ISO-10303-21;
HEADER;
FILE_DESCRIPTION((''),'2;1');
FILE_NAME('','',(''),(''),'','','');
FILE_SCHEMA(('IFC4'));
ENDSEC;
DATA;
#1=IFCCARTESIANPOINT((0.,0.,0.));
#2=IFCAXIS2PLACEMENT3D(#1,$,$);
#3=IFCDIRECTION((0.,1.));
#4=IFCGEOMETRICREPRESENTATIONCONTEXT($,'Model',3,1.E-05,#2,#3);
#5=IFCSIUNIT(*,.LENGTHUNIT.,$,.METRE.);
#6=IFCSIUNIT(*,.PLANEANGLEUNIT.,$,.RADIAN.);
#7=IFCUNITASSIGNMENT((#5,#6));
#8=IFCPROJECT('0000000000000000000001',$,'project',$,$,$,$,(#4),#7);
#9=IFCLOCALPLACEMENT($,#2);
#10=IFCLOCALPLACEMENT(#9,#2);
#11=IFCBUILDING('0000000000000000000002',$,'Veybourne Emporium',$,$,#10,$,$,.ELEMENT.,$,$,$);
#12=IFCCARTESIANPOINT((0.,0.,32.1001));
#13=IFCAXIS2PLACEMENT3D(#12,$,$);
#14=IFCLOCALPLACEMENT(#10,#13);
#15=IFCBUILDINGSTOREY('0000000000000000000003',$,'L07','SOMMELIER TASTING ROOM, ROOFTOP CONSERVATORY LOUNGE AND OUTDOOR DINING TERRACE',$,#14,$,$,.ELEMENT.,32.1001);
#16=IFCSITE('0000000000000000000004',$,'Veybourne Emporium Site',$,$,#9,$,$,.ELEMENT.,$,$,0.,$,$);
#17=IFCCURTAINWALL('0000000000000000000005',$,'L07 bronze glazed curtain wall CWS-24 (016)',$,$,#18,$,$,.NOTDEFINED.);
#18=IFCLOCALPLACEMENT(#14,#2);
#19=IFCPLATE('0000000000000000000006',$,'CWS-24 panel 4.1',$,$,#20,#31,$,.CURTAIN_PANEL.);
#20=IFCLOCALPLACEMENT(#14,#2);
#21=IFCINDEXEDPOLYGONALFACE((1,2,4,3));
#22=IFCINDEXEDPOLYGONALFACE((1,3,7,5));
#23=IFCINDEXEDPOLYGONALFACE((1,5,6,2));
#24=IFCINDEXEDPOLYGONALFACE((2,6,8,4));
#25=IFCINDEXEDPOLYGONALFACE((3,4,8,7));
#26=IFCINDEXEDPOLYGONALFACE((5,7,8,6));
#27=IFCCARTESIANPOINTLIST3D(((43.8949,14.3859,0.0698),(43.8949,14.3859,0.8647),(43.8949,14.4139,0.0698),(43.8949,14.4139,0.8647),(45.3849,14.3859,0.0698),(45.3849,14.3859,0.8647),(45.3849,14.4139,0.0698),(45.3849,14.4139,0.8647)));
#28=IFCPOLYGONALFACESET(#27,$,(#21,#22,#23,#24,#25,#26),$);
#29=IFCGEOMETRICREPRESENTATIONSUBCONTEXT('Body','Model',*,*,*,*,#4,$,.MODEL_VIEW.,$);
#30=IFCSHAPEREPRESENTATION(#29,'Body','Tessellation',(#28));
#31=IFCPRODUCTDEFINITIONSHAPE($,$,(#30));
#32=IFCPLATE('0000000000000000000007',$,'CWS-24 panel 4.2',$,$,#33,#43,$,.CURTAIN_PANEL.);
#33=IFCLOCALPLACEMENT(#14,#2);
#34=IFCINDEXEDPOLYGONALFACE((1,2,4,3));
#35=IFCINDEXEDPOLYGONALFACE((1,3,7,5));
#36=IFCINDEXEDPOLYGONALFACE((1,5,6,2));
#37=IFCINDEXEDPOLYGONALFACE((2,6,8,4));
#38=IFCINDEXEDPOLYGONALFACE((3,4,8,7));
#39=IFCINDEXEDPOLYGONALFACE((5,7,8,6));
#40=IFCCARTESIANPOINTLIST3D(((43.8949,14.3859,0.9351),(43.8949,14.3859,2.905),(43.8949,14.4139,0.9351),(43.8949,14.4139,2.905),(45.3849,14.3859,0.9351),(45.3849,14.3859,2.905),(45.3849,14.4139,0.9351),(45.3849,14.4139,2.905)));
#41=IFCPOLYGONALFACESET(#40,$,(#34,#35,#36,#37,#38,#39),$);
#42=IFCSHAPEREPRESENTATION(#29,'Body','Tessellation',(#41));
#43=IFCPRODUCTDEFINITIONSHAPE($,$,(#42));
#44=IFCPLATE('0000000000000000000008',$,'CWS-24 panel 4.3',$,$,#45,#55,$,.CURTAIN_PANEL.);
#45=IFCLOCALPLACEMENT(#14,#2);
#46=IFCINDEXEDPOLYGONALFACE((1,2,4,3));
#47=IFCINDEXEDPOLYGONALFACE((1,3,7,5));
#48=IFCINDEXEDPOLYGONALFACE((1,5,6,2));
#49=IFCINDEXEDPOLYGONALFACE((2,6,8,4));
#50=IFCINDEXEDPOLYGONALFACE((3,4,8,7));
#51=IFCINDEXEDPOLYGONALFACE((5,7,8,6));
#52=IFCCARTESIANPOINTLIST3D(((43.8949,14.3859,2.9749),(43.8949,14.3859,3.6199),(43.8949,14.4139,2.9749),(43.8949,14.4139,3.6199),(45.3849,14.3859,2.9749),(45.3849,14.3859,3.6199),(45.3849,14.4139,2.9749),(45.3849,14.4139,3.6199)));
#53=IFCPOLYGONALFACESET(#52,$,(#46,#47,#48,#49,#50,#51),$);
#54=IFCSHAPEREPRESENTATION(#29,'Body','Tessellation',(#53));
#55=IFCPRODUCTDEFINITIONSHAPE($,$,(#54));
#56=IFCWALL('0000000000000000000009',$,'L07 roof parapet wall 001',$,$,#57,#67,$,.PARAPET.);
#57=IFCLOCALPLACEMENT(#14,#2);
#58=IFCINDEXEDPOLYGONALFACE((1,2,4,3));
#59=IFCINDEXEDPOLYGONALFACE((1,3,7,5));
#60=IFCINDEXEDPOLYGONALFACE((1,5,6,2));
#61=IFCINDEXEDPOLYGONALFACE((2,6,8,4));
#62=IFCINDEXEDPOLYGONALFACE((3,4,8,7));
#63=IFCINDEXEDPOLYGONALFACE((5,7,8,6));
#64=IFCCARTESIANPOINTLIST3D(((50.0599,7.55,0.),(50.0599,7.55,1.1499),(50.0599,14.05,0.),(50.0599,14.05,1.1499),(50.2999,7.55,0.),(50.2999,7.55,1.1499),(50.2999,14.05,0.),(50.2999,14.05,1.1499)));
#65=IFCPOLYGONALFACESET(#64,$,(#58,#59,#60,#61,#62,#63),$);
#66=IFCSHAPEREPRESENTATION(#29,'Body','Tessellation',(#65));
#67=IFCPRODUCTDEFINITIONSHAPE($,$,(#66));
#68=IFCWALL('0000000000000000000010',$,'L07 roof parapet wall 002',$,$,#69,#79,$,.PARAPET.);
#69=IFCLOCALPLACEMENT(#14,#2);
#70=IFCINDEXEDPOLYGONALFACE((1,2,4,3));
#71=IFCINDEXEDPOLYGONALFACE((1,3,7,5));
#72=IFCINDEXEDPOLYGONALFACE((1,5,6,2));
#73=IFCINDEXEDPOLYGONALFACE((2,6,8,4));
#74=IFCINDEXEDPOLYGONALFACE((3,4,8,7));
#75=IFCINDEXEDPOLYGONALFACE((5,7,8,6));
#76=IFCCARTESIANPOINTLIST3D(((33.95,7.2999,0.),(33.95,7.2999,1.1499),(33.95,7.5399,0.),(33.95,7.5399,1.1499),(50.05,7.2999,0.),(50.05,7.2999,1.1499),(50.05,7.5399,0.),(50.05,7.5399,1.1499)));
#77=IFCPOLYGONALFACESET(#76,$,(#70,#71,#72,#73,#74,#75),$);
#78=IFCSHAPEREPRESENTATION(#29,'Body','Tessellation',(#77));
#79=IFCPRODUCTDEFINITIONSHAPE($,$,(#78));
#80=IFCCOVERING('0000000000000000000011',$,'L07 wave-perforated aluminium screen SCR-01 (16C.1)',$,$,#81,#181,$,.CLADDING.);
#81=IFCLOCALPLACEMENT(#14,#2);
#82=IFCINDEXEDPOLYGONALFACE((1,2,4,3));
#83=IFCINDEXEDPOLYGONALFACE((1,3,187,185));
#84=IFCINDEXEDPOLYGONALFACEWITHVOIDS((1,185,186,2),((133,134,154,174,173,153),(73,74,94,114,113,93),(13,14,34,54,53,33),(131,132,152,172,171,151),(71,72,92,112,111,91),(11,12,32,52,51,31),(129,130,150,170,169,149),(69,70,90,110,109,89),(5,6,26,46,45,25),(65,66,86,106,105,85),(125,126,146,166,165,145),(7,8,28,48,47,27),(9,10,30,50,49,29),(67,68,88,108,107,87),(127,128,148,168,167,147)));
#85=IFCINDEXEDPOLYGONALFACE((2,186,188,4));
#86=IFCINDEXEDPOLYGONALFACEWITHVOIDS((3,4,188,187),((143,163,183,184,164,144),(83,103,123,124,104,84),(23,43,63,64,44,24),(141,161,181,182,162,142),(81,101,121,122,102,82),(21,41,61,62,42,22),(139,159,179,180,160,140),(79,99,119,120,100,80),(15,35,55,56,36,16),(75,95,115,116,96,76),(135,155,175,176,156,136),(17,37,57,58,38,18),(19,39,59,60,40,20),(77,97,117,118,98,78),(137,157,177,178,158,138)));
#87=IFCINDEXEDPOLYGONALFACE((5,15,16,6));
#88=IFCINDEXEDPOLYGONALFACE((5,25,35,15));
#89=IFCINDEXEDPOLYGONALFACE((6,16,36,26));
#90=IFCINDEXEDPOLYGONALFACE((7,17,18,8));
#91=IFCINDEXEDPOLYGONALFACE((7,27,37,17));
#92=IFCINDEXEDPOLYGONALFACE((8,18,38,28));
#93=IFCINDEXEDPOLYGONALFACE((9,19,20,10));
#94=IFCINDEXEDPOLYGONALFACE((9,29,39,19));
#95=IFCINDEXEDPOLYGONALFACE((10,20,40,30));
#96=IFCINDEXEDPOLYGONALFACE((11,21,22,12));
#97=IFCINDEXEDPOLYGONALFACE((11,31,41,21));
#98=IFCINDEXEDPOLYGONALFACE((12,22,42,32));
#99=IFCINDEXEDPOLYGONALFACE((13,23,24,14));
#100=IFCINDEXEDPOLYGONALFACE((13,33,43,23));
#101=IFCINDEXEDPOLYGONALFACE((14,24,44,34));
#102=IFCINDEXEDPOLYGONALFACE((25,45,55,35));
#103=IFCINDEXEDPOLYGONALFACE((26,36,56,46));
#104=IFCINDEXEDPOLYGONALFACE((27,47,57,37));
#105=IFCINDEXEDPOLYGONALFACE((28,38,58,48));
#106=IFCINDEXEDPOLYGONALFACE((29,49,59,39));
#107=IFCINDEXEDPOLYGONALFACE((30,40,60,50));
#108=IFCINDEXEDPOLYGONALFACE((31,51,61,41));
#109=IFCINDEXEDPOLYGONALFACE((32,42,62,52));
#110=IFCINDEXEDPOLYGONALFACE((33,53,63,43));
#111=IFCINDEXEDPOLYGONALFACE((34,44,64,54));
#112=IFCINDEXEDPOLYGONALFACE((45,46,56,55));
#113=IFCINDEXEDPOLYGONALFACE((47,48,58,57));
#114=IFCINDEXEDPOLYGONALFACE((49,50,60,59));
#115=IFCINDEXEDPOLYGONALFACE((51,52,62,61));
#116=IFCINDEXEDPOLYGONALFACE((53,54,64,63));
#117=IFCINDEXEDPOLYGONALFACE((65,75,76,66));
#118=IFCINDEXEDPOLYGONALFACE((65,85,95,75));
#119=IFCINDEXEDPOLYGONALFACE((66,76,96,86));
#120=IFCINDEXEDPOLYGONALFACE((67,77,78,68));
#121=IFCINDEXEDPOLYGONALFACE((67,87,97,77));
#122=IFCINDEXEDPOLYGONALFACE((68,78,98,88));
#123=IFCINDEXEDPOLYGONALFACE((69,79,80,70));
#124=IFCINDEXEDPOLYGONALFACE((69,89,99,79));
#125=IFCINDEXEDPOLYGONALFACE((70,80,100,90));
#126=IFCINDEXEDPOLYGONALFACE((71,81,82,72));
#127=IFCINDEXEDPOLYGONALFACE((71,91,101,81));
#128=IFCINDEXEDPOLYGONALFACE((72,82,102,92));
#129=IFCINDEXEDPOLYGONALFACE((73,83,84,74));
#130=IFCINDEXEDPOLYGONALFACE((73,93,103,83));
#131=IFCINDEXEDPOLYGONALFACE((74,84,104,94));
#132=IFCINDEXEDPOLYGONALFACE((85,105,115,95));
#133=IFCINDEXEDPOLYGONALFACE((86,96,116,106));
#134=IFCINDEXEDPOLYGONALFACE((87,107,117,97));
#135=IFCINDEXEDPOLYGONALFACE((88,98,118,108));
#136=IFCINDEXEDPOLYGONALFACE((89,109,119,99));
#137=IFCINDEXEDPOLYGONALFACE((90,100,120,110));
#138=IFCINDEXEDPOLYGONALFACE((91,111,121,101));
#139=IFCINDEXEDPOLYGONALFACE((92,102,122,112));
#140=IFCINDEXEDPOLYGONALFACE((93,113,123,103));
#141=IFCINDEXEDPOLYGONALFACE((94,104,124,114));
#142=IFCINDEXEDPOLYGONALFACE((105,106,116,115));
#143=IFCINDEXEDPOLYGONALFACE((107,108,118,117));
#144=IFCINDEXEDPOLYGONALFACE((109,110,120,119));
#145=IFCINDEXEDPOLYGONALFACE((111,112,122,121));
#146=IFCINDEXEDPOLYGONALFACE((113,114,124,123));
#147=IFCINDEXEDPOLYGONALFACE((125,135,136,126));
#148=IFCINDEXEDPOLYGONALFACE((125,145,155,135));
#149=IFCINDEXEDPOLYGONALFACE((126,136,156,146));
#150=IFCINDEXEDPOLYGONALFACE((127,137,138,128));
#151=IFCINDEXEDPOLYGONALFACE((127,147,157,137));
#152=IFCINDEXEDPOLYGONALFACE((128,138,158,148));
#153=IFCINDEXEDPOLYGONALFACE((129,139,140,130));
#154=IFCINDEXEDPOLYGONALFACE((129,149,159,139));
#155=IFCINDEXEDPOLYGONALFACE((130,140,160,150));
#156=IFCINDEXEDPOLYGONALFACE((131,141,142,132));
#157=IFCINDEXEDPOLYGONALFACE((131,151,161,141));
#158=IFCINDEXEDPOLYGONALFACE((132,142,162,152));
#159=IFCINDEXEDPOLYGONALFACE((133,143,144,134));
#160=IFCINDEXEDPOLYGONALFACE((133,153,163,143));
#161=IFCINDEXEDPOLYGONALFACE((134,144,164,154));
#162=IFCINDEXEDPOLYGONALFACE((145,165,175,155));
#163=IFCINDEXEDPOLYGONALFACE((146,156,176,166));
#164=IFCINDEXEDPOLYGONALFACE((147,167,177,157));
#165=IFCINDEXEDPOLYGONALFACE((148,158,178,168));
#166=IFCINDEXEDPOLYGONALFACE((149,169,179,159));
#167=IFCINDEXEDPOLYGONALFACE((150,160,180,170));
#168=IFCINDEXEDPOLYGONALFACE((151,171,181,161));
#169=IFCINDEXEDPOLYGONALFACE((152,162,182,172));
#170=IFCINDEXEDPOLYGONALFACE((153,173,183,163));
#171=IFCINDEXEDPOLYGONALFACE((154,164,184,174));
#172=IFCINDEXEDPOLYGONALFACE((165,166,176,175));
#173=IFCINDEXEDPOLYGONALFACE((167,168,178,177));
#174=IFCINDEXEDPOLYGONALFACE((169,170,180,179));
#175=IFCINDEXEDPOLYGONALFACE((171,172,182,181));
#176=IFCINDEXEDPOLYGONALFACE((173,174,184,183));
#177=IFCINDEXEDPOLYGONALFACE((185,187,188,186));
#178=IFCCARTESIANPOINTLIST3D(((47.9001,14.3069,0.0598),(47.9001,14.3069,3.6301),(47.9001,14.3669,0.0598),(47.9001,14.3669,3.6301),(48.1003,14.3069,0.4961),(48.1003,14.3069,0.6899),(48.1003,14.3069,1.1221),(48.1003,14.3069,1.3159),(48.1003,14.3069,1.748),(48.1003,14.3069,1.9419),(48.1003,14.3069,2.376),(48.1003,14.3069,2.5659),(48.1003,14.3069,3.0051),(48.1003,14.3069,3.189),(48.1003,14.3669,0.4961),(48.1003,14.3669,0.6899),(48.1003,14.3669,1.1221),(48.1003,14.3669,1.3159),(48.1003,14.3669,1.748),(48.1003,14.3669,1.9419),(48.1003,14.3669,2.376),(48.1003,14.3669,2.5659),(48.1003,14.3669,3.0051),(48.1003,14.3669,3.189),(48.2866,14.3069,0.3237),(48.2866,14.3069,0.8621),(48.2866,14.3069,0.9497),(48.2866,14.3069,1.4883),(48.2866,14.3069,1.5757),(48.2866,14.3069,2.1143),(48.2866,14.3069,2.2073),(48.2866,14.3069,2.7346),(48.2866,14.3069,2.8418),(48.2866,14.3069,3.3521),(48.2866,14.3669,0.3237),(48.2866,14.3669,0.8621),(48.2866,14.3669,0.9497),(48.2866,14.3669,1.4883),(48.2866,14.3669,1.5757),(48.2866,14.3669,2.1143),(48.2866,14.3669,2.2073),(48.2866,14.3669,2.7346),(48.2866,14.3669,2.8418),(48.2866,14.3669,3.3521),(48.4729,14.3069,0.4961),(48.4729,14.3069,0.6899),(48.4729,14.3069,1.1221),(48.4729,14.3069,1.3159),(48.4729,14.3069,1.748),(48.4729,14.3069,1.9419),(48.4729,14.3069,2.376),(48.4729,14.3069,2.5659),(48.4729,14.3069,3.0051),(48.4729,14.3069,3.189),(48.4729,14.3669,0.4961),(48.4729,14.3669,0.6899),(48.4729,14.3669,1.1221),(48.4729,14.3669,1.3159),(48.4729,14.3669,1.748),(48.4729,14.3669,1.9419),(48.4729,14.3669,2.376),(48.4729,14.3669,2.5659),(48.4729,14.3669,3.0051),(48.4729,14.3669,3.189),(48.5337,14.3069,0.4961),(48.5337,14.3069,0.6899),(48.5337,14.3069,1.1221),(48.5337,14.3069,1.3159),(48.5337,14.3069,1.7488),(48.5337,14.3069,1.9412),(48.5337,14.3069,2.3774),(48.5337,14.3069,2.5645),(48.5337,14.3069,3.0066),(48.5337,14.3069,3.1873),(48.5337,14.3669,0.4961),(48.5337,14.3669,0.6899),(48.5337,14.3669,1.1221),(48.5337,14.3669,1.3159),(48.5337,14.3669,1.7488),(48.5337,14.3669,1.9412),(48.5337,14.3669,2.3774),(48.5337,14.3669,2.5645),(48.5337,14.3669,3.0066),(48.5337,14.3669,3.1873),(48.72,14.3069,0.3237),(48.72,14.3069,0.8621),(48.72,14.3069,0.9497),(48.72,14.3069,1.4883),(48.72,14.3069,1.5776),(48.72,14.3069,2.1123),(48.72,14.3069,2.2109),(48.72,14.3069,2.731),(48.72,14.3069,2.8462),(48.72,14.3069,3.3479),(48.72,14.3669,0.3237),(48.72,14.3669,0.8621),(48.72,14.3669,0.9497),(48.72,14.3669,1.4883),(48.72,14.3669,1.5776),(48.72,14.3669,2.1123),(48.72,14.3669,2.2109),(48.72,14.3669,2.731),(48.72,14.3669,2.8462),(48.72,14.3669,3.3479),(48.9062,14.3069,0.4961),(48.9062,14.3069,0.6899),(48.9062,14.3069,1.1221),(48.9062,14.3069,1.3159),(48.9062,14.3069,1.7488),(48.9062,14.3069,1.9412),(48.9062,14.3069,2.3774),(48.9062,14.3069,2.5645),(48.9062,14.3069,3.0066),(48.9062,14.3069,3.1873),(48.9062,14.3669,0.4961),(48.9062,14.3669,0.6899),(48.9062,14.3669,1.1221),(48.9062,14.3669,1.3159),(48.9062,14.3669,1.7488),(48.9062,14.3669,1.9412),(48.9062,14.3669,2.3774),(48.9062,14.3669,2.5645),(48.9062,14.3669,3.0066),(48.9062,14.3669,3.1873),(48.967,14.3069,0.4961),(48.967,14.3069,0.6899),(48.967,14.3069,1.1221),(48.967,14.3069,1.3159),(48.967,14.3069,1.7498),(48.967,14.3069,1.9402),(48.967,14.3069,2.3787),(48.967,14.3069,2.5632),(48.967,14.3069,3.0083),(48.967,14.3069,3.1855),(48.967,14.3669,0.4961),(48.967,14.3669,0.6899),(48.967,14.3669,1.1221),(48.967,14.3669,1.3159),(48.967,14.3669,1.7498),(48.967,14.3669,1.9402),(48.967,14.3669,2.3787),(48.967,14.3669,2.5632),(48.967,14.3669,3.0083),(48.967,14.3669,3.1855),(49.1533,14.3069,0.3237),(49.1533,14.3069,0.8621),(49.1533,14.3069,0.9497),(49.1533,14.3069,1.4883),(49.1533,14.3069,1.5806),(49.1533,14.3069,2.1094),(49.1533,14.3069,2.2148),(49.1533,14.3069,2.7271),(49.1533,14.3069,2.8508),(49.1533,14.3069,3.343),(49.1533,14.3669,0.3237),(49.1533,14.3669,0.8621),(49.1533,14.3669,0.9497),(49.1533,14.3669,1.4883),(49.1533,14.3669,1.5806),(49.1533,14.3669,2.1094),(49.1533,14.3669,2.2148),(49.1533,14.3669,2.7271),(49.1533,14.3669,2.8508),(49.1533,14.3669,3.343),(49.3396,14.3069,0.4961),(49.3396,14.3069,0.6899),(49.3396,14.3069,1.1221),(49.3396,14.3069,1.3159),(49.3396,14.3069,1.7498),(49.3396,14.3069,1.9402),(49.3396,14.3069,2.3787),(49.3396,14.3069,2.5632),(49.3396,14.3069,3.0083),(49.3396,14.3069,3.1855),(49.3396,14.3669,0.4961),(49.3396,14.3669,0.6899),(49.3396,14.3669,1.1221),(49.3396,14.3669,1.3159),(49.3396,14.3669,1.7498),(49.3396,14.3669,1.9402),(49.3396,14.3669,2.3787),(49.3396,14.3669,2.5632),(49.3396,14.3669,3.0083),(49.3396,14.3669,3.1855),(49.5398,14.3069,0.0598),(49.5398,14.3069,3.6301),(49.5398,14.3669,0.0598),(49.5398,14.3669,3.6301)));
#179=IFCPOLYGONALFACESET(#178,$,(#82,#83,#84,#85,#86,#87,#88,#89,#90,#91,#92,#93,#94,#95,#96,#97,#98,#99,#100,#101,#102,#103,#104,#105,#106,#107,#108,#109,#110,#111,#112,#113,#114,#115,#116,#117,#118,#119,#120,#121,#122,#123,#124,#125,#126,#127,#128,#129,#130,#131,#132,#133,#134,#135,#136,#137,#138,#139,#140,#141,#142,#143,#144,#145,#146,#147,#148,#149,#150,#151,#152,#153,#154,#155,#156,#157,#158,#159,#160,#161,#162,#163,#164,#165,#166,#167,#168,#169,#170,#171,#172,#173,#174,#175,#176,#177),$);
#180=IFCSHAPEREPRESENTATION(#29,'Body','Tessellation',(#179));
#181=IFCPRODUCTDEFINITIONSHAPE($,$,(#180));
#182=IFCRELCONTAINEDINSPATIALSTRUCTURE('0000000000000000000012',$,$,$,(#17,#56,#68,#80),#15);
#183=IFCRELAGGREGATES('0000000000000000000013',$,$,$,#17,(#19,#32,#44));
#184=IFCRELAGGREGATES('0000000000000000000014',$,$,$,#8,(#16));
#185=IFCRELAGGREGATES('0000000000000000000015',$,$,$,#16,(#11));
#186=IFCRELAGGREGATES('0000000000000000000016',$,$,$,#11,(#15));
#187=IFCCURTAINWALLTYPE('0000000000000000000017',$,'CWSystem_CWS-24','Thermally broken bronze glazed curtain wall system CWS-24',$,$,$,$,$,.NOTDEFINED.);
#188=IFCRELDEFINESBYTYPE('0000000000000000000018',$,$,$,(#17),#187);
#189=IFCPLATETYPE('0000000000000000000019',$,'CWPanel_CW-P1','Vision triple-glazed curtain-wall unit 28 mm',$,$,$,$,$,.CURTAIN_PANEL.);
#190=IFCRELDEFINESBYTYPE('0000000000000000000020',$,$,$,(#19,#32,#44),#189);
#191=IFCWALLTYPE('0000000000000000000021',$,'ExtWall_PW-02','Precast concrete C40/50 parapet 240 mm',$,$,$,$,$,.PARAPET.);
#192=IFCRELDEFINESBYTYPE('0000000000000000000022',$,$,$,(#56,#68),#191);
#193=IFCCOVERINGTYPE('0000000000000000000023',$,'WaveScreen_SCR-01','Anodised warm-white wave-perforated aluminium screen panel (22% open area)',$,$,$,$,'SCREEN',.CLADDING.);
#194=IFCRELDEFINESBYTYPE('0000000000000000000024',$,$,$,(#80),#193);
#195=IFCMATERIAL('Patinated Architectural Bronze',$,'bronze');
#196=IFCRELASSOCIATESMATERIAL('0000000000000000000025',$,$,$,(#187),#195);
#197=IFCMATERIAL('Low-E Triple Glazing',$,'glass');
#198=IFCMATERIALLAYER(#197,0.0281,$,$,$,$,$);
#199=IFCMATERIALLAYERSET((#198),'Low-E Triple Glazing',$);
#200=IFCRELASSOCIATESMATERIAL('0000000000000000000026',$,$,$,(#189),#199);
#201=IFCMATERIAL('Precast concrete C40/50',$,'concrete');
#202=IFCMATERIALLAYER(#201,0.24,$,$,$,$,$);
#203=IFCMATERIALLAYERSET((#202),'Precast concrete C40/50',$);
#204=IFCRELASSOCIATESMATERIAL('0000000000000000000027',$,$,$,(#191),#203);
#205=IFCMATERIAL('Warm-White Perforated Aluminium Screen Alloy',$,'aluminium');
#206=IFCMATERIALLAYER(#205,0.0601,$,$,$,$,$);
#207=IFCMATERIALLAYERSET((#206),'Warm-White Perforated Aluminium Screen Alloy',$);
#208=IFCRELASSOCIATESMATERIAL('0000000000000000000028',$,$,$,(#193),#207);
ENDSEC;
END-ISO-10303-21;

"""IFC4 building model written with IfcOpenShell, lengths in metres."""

from ifc_helpers import new_model, si_unit, direction, frame, frame_2d, origin, origin_2d, place, context, subcontext, project, spatial, polyline, rectangle, outline, extrude, material, layer, layer_set, type_object, element, aggregate, save


model = new_model("IFC4")

# Units and contexts
model_context = context("Model", 3, precision=1e-05, world=origin(), true_north=direction((0.0, 1.0)))
body_context = subcontext(model_context, "Body", "Model", "MODEL_VIEW")
ifc_project = project(units=[si_unit("LENGTHUNIT", "METRE"), si_unit("PLANEANGLEUNIT", "RADIAN")], contexts=[model_context])

# Site, building, storey
site_placement = place(None, origin())
site = spatial("IfcSite", under=ifc_project, at=site_placement, Name="Veybourne Emporium Site", CompositionType="ELEMENT", RefElevation=0.0)
building_placement = place(site_placement, origin())
building = spatial("IfcBuilding", under=site, at=building_placement, Name="Veybourne Emporium", CompositionType="ELEMENT")
storey_placement = place(building_placement, frame((0.0, 0.0, 32.1001)))
storey = spatial("IfcBuildingStorey", under=building, at=storey_placement, Name="L07", Description="SOMMELIER TASTING ROOM, ROOFTOP CONSERVATORY LOUNGE AND OUTDOOR DINING TERRACE", CompositionType="ELEMENT", Elevation=32.1001)

# Curtain wall, plates
ifc_material_1 = material(Name="Patinated Architectural Bronze", Category="bronze")
curtain_wall_type = type_object("IfcCurtainWallType", Name="CWSystem_CWS-24", Description="Thermally broken bronze glazed curtain wall system CWS-24", PredefinedType="NOTDEFINED", material=ifc_material_1)
curtain_wall_placement = place(storey_placement, origin())
curtain_wall = element("IfcCurtainWall", 1, at=curtain_wall_placement, inside=storey, type_object=curtain_wall_type, Name="L07 bronze glazed curtain wall CWS-24 (016)", PredefinedType="NOTDEFINED")
ifc_material_2 = material(Name="Low-E Triple Glazing", Category="glass")
ifc_layer_1 = layer(ifc_material_2, 0.0281)
ifc_layer_set_1 = layer_set([ifc_layer_1], Name="Low-E Triple Glazing")
plate_type = type_object("IfcPlateType", Name="CWPanel_CW-P1", Description="Vision triple-glazed curtain-wall unit 28 mm", PredefinedType="CURTAIN_PANEL", material=ifc_layer_set_1)
plate_1_placement = place(storey_placement, frame((44.6399, 14.3999, 0.0698), z_axis=(0.0, 0.0, 1.0), x_axis=(-1.0, 0.0, 0.0)))
plate_1 = element("IfcPlate", 2, at=plate_1_placement, type_object=plate_type, Name="CWS-24 panel 4.1", PredefinedType="CURTAIN_PANEL", context=body_context, shape_type="SweptSolid", body=[
    extrude(rectangle(XDim=1.49, YDim=0.0281, at=origin_2d()), origin(), (0.0, 0.0, 1.0), 0.7949),
])
plate_2_placement = place(storey_placement, frame((44.6399, 14.3999, 0.9351), z_axis=(0.0, 0.0, 1.0), x_axis=(-1.0, 0.0, 0.0)))
plate_2 = element("IfcPlate", 3, at=plate_2_placement, type_object=plate_type, Name="CWS-24 panel 4.2", PredefinedType="CURTAIN_PANEL", context=body_context, shape_type="SweptSolid", body=[
    extrude(rectangle(XDim=1.49, YDim=0.0281, at=origin_2d()), origin(), (0.0, 0.0, 1.0), 1.97),
])
plate_3_placement = place(storey_placement, frame((44.6399, 14.3999, 2.9749), z_axis=(0.0, 0.0, 1.0), x_axis=(-1.0, 0.0, 0.0)))
plate_3 = element("IfcPlate", 4, at=plate_3_placement, type_object=plate_type, Name="CWS-24 panel 4.3", PredefinedType="CURTAIN_PANEL", context=body_context, shape_type="SweptSolid", body=[
    extrude(rectangle(XDim=1.49, YDim=0.0281, at=origin_2d()), origin(), (0.0, 0.0, 1.0), 0.645),
])
aggregate(curtain_wall, [plate_1, plate_2, plate_3])

# Walls
ifc_material_3 = material(Name="Precast concrete C40/50", Category="concrete")
ifc_layer_2 = layer(ifc_material_3, 0.24)
ifc_layer_set_2 = layer_set([ifc_layer_2], Name="Precast concrete C40/50")
wall_type = type_object("IfcWallType", Name="ExtWall_PW-02", Description="Precast concrete C40/50 parapet 240 mm", PredefinedType="PARAPET", material=ifc_layer_set_2)
wall_1_placement = place(storey_placement, frame((50.1799, 14.05, 0.0), z_axis=(0.0, 0.0, 1.0), x_axis=(0.0, -1.0, 0.0)))
element("IfcWall", 5, at=wall_1_placement, inside=storey, type_object=wall_type, Name="L07 roof parapet wall 001", PredefinedType="PARAPET", context=body_context, shape_type="SweptSolid", body=[
    extrude(rectangle(XDim=6.5, YDim=0.24, at=frame_2d((3.25, 0.0))), origin(), (0.0, 0.0, 1.0), 1.1499),
])
wall_2_placement = place(storey_placement, frame((50.05, 7.4199, 0.0), z_axis=(0.0, 0.0, 1.0), x_axis=(-1.0, 0.0, 0.0)))
element("IfcWall", 6, at=wall_2_placement, inside=storey, type_object=wall_type, Name="L07 roof parapet wall 002", PredefinedType="PARAPET", context=body_context, shape_type="SweptSolid", body=[
    extrude(rectangle(XDim=16.1001, YDim=0.24, at=frame_2d((8.05, 0.0))), origin(), (0.0, 0.0, 1.0), 1.1499),
])

# Covering
ifc_material_4 = material(Name="Warm-White Perforated Aluminium Screen Alloy", Category="aluminium")
ifc_layer_3 = layer(ifc_material_4, 0.0601)
ifc_layer_set_3 = layer_set([ifc_layer_3], Name="Warm-White Perforated Aluminium Screen Alloy")
covering_type_1 = type_object("IfcCoveringType", Name="WaveScreen_SCR-01", Description="Anodised warm-white wave-perforated aluminium screen panel (22% open area)", ElementType="SCREEN", PredefinedType="CLADDING", material=ifc_layer_set_3)
covering_1_placement = place(storey_placement, frame((48.72, 14.3069, 1.845), z_axis=(0.0, 1.0, 0.0), x_axis=(-1.0, 0.0, 0.0)))
element("IfcCovering", 7, at=covering_1_placement, inside=storey, type_object=covering_type_1, Name="L07 wave-perforated aluminium screen SCR-01 (16C.1)", PredefinedType="CLADDING", context=body_context, shape_type="SweptSolid", body=[
    extrude(outline(polyline([(-0.8198, -1.7852), (0.8198, -1.7852), (0.8198, 1.7852), (-0.8198, 1.7852), (-0.8198, -1.7852)]), holes=[polyline([(-0.4333, -0.9829), (-0.2471, -1.155), (-0.2471, -1.3489), (-0.4333, -1.5212), (-0.6196, -1.3489), (-0.6196, -1.155), (-0.4333, -0.9829)]), polyline([(-0.4333, -0.3567), (-0.2471, -0.5291), (-0.2471, -0.7229), (-0.4333, -0.8953), (-0.6196, -0.7229), (-0.6196, -0.5291), (-0.4333, -0.3567)]), polyline([(-0.4333, 0.2644), (-0.2471, 0.0952), (-0.2471, -0.0952), (-0.4333, -0.2644), (-0.6196, -0.0952), (-0.6196, 0.0952), (-0.4333, 0.2644)]), polyline([(-0.4333, 0.8821), (-0.2471, 0.7183), (-0.2471, 0.5337), (-0.4333, 0.3699), (-0.6196, 0.5337), (-0.6196, 0.7183), (-0.4333, 0.8821)]), polyline([(-0.4333, 1.498), (-0.2471, 1.3406), (-0.2471, 1.1633), (-0.4333, 1.0059), (-0.6196, 1.1633), (-0.6196, 1.3406), (-0.4333, 1.498)]), polyline([(0.0, -0.9829), (0.1863, -1.155), (0.1863, -1.3489), (0.0, -1.5212), (-0.1863, -1.3489), (-0.1863, -1.155), (0.0, -0.9829)]), polyline([(0.0, -0.3567), (0.1863, -0.5291), (0.1863, -0.7229), (0.0, -0.8953), (-0.1863, -0.7229), (-0.1863, -0.5291), (0.0, -0.3567)]), polyline([(0.0, 0.2673), (0.1863, 0.0962), (0.1863, -0.0962), (0.0, -0.2673), (-0.1863, -0.0962), (-0.1863, 0.0962), (0.0, 0.2673)]), polyline([(0.0, 0.886), (0.1863, 0.7195), (0.1863, 0.5325), (0.0, 0.366), (-0.1863, 0.5325), (-0.1863, 0.7195), (0.0, 0.886)]), polyline([(0.0, 1.5029), (0.1863, 1.3423), (0.1863, 1.1616), (0.0, 1.0012), (-0.1863, 1.1616), (-0.1863, 1.3423), (0.0, 1.5029)]), polyline([(0.4333, -0.9829), (0.6196, -1.155), (0.6196, -1.3489), (0.4333, -1.5212), (0.2471, -1.3489), (0.2471, -1.155), (0.4333, -0.9829)]), polyline([(0.4333, -0.3567), (0.6196, -0.5291), (0.6196, -0.7229), (0.4333, -0.8953), (0.2471, -0.7229), (0.2471, -0.5291), (0.4333, -0.3567)]), polyline([(0.4333, 0.2693), (0.6196, 0.0969), (0.6196, -0.0969), (0.4333, -0.2693), (0.2471, -0.0969), (0.2471, 0.0969), (0.4333, 0.2693)]), polyline([(0.4333, 0.8896), (0.6196, 0.7209), (0.6196, 0.531), (0.4333, 0.3623), (0.2471, 0.531), (0.2471, 0.7209), (0.4333, 0.8896)]), polyline([(0.4333, 1.5071), (0.6196, 1.344), (0.6196, 1.1602), (0.4333, 0.9968), (0.2471, 1.1602), (0.2471, 1.344), (0.4333, 1.5071)])]), origin(), (0.0, 0.0, 1.0), 0.0601),
])

save(model, "model.ifc")
